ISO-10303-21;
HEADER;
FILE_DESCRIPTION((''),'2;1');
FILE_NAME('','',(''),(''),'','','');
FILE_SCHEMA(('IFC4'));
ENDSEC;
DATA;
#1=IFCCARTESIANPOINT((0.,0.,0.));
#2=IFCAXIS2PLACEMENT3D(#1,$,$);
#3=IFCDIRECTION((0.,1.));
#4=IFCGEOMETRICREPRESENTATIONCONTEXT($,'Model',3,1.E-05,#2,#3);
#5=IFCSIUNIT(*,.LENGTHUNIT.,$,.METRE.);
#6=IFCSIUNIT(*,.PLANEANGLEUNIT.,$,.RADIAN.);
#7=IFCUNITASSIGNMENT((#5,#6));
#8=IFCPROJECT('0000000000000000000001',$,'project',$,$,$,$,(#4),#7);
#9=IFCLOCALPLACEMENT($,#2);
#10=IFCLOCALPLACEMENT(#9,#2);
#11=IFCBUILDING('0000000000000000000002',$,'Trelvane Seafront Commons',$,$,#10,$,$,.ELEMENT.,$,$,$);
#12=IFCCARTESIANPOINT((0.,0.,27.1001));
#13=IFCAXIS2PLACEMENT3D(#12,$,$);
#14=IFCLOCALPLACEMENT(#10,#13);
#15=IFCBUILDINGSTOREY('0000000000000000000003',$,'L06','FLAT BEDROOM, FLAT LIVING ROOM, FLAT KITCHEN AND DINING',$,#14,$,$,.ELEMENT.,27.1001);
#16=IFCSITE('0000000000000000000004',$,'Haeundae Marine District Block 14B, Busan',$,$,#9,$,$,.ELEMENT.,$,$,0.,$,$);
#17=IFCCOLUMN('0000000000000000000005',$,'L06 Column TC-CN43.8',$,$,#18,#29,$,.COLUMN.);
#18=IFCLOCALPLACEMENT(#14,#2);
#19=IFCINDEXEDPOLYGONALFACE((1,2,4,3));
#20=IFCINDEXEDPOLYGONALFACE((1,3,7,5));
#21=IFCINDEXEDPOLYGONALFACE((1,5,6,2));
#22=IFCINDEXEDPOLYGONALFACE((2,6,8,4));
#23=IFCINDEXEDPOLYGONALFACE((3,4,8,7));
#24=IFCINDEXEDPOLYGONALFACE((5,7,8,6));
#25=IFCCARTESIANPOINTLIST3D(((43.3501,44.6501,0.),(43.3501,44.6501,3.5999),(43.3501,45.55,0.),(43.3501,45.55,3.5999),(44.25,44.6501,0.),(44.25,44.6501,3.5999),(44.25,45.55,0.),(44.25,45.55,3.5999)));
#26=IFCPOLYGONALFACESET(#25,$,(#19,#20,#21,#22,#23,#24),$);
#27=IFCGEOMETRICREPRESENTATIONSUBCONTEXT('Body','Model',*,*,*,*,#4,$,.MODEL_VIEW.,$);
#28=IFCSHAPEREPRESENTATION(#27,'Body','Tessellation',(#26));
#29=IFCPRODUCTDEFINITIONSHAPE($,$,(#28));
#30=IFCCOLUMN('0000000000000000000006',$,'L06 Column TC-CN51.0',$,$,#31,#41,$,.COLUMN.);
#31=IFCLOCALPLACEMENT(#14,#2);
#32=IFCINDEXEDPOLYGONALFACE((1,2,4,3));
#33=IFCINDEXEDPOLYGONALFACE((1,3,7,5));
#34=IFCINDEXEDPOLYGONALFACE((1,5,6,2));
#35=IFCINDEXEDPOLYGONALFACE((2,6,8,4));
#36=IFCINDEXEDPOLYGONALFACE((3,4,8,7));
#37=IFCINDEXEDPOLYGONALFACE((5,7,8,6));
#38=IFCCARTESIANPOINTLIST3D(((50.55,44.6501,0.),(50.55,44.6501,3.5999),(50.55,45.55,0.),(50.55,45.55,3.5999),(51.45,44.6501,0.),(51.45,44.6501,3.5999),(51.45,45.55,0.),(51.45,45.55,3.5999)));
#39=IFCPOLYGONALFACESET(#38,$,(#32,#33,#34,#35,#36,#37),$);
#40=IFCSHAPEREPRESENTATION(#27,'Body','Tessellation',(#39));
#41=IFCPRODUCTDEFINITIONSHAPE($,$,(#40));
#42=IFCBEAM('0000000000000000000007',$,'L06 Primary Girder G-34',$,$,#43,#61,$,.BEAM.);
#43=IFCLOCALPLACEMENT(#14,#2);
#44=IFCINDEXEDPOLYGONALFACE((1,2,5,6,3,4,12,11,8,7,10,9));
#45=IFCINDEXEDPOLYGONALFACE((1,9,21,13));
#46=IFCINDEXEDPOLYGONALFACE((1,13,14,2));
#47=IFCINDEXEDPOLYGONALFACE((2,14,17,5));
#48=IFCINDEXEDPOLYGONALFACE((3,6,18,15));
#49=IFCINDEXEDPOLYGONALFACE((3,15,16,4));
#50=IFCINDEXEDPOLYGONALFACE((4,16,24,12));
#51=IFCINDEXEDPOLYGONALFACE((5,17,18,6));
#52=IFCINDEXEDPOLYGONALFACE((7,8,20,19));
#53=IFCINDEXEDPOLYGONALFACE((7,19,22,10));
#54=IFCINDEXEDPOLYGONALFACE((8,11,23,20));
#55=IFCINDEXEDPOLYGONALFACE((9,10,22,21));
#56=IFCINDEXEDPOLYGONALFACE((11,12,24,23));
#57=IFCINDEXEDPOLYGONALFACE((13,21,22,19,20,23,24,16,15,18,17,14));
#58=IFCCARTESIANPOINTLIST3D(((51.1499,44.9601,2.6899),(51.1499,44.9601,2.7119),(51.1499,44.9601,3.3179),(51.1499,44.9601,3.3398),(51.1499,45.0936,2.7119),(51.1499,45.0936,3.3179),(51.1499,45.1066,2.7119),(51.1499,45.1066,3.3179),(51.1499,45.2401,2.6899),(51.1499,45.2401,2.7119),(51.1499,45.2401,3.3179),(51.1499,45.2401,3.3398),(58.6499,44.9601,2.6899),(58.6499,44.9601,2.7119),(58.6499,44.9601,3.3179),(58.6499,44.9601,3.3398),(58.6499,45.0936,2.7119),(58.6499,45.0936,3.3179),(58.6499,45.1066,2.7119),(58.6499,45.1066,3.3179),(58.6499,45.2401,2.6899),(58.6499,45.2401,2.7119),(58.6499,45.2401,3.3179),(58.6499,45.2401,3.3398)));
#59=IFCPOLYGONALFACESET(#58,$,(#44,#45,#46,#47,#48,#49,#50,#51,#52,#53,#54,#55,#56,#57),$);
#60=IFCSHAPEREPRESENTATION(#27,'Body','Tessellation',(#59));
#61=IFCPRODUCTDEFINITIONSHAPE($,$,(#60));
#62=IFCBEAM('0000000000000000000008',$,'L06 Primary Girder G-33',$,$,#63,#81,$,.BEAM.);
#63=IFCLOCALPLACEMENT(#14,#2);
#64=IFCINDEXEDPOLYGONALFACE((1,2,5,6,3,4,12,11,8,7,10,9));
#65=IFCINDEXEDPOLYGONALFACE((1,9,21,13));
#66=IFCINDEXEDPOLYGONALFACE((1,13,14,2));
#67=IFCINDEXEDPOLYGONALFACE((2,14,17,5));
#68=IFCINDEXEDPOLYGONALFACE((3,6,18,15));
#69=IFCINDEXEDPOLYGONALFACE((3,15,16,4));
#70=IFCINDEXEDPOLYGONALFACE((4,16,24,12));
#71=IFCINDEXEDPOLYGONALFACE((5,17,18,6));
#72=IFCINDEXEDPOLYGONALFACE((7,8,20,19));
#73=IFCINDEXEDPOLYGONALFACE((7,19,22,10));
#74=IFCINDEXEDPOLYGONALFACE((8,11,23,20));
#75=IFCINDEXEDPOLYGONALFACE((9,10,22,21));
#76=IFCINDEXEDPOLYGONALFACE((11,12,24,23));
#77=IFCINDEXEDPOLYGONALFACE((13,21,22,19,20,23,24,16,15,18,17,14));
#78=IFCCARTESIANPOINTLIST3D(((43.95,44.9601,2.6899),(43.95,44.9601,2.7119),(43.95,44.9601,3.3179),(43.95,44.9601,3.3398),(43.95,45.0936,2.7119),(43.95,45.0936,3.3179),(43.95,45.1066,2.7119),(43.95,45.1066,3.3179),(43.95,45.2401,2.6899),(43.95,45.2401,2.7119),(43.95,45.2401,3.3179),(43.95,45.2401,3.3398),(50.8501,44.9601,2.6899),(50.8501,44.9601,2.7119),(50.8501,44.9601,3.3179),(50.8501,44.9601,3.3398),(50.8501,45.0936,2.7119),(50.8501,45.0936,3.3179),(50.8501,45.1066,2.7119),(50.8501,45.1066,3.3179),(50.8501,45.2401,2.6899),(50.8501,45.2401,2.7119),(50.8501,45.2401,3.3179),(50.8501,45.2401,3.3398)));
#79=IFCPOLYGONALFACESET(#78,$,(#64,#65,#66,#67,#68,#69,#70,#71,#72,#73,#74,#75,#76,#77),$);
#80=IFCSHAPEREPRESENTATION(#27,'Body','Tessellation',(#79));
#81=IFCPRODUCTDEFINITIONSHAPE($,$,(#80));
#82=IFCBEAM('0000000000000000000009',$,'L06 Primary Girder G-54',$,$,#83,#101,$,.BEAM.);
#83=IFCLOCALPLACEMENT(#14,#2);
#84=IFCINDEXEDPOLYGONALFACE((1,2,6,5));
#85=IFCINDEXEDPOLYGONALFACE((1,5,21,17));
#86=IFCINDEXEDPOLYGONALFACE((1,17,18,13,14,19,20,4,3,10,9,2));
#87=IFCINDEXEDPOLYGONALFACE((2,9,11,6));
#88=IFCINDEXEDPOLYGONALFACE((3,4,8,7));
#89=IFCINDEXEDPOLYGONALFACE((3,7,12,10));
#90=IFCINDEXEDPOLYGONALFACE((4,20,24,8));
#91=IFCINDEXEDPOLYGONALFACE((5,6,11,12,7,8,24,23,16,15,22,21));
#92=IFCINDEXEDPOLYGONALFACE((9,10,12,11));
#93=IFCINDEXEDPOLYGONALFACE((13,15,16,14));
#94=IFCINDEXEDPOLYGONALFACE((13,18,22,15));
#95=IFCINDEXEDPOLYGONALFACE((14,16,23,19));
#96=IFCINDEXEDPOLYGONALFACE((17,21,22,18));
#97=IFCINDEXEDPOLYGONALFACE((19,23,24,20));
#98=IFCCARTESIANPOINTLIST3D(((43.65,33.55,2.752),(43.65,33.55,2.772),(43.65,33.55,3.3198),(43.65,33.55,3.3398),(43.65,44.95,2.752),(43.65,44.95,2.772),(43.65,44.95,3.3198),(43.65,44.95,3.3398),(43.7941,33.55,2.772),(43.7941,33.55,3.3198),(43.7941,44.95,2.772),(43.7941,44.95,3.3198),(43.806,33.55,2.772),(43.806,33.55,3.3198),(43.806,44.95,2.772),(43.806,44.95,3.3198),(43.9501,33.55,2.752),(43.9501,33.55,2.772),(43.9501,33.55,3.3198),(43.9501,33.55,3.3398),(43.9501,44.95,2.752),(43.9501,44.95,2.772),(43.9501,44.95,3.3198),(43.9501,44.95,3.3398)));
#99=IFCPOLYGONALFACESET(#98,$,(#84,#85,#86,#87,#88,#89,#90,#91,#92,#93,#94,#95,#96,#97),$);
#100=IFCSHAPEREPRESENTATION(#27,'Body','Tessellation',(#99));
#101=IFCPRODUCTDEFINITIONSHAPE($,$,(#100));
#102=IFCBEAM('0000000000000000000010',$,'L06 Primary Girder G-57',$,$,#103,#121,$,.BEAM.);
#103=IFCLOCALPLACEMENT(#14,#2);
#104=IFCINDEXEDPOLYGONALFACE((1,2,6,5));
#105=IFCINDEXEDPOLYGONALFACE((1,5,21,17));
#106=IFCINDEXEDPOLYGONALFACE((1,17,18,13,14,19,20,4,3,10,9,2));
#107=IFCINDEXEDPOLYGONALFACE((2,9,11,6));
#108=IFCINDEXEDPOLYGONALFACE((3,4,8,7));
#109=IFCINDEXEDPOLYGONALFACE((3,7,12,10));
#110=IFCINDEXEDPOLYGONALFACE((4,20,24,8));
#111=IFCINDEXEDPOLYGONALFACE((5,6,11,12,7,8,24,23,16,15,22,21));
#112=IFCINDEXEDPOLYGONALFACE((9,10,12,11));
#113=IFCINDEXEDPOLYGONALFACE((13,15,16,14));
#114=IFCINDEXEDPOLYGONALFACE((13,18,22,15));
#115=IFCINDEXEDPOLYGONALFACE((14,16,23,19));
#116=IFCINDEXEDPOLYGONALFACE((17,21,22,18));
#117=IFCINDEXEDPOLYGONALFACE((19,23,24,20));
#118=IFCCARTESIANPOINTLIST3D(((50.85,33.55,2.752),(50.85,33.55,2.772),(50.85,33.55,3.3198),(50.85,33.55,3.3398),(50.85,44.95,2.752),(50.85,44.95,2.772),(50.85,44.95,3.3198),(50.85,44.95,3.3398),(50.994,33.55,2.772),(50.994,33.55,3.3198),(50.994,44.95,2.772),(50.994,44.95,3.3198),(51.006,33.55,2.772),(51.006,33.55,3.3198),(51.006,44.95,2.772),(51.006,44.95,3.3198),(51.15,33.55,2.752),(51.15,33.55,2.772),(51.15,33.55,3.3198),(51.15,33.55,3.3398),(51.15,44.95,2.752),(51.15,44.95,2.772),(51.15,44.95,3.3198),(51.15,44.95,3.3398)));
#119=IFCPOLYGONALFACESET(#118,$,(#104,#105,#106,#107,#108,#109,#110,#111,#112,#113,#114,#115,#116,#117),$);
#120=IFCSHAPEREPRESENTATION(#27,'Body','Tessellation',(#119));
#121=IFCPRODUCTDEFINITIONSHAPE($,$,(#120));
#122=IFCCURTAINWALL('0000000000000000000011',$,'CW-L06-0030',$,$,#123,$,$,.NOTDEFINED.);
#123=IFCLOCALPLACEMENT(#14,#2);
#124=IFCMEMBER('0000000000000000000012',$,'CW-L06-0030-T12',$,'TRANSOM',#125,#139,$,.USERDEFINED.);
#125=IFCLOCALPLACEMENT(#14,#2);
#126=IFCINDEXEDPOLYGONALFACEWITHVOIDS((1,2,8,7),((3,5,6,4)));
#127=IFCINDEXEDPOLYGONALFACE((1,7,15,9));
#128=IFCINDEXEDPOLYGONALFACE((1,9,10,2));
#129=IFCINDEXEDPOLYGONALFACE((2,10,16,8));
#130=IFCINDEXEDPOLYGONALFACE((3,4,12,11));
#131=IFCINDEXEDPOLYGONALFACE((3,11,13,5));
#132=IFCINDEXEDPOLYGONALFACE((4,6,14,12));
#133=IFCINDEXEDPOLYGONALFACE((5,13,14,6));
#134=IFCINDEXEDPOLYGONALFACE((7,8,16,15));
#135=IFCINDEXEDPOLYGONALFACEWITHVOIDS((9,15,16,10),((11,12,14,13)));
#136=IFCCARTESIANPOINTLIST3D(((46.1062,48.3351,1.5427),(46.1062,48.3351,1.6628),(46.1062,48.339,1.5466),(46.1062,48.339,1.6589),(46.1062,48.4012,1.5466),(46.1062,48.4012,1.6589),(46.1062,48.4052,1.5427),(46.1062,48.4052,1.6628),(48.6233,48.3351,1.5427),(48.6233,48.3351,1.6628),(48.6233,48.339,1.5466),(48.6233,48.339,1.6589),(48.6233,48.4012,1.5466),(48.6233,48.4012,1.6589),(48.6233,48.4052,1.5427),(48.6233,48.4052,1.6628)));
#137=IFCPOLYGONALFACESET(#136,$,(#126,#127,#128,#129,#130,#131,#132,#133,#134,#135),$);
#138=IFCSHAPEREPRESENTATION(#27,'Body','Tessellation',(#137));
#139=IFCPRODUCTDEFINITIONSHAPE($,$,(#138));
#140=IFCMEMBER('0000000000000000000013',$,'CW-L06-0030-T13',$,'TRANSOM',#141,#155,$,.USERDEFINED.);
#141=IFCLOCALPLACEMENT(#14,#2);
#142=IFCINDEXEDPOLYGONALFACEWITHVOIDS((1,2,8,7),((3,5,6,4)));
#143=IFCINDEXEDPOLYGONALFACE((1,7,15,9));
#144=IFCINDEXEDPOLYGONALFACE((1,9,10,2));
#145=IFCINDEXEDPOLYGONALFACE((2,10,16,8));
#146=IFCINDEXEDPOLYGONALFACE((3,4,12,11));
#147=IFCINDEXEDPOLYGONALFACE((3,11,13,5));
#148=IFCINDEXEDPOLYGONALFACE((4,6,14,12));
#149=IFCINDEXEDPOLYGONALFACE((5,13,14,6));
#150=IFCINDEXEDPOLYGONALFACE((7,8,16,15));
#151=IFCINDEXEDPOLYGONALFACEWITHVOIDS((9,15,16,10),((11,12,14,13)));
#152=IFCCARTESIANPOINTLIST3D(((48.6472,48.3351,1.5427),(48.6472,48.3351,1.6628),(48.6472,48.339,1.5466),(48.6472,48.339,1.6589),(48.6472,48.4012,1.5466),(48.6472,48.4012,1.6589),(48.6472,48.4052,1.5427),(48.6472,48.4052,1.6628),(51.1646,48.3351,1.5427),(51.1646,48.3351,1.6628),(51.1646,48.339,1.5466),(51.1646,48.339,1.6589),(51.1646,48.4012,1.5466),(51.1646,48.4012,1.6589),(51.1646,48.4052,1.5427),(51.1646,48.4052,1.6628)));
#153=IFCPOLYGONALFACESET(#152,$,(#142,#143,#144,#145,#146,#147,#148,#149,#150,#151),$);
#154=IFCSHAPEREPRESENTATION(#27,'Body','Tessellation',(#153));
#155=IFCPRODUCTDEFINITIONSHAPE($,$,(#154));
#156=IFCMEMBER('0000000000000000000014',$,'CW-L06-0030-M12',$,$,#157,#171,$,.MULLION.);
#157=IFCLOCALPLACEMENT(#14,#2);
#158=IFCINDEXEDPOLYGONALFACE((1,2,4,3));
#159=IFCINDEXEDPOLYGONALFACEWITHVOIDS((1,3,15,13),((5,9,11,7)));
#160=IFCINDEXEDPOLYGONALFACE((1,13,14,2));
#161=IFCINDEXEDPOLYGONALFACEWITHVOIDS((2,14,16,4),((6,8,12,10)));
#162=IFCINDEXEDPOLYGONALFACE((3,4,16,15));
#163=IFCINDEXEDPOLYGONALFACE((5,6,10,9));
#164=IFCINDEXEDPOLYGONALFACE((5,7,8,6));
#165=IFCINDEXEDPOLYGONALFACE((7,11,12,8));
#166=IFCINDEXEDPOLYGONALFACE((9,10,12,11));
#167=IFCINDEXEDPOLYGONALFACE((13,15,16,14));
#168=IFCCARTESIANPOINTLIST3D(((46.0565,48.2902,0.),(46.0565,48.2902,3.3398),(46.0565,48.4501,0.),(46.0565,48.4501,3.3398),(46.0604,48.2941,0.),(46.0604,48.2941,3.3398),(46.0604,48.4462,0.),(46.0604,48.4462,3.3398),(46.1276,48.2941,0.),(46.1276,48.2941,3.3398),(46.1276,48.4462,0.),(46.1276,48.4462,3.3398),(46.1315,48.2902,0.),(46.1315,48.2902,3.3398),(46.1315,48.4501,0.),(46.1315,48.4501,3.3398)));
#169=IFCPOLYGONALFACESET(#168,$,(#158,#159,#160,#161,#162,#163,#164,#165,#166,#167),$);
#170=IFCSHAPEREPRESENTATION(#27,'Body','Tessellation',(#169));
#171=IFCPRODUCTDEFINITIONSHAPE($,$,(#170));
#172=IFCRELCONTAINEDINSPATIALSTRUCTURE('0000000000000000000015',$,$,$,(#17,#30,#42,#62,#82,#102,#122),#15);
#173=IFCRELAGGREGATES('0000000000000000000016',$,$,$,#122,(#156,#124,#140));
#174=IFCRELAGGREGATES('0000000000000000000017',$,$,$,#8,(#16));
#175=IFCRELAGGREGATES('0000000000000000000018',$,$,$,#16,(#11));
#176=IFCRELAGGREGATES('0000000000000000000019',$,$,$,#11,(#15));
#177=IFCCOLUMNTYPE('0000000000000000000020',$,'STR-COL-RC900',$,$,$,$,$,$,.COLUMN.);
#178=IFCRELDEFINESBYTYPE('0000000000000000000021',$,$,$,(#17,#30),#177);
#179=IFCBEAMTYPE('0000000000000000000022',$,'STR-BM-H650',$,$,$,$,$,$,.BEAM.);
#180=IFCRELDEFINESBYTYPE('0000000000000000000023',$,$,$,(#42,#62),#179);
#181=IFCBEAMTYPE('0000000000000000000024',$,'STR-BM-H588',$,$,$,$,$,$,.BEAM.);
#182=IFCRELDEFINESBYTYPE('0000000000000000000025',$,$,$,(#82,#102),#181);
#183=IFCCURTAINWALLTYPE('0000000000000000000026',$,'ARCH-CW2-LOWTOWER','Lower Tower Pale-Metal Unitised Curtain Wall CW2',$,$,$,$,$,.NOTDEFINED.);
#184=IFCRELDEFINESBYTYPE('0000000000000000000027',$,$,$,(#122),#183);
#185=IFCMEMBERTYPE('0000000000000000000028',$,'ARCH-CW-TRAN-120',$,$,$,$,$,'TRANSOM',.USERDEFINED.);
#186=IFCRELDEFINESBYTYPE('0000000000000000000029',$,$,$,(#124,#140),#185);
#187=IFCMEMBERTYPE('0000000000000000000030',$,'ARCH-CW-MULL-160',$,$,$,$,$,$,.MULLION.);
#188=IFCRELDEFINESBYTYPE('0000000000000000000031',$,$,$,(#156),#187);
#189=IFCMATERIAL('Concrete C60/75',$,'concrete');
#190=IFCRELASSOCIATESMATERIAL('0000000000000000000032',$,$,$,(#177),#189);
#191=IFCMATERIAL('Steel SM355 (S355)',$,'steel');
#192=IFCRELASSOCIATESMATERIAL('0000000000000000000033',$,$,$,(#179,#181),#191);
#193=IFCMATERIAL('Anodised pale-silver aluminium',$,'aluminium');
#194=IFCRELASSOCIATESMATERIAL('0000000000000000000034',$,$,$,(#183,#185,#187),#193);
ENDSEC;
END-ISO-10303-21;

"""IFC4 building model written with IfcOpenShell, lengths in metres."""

from ifc_helpers import new_model, si_unit, direction, frame, origin, origin_2d, place, context, subcontext, project, spatial, rectangle, hollow_rectangle, i_section, extrude, source, transform, mapped, material, material_profile, profile_set, type_object, element, aggregate, save


model = new_model("IFC4")

# Units and contexts
model_context = context("Model", 3, precision=1e-05, world=origin(), true_north=direction((0.0, 1.0)))
body_context = subcontext(model_context, "Body", "Model", "MODEL_VIEW")
ifc_project = project(units=[si_unit("LENGTHUNIT", "METRE"), si_unit("PLANEANGLEUNIT", "RADIAN")], contexts=[model_context])

# Site, building, storey
site_placement = place(None, origin())
site = spatial("IfcSite", under=ifc_project, at=site_placement, Name="Haeundae Marine District Block 14B, Busan", CompositionType="ELEMENT", RefElevation=0.0)
building_placement = place(site_placement, origin())
building = spatial("IfcBuilding", under=site, at=building_placement, Name="Trelvane Seafront Commons", CompositionType="ELEMENT")
storey_placement = place(building_placement, frame((0.0, 0.0, 27.1001)))
storey = spatial("IfcBuildingStorey", under=building, at=storey_placement, Name="L06", Description="FLAT BEDROOM, FLAT LIVING ROOM, FLAT KITCHEN AND DINING", CompositionType="ELEMENT", Elevation=27.1001)

# Columns
ifc_material_1 = material(Name="Concrete C60/75", Category="concrete")
ifc_material_profile_1 = material_profile(ifc_material_1, rectangle(XDim=0.8999, YDim=0.8999, at=origin_2d()), Name="RC-900x900")
ifc_profile_set_1 = profile_set([ifc_material_profile_1], Name="Concrete C60/75")
column_type = type_object("IfcColumnType", Name="STR-COL-RC900", PredefinedType="COLUMN", material=ifc_profile_set_1)
shared_shape_1 = source(origin(), body_context, "Body", "SweptSolid", [
    extrude(rectangle(XDim=0.8999, YDim=0.8999, at=origin_2d()), origin(), (0.0, 0.0, 1.0), 3.5999),
])
for number, where, z_axis, x_axis, name in (
    (1, (43.8, 45.1001, 0.0), (0.0, 0.0, 1.0), (1.0, 0.0, 0.0), "L06 Column TC-CN43.8"),
    (2, (51.0, 45.1001, 0.0), (0.0, 0.0, 1.0), (1.0, 0.0, 0.0), "L06 Column TC-CN51.0"),
):
    element("IfcColumn", number, at=place(storey_placement, frame(where, z_axis=z_axis, x_axis=x_axis)), inside=storey, type_object=column_type, Name=name, PredefinedType="COLUMN", context=body_context, shape_type="MappedRepresentation", body=[
        mapped(shared_shape_1, transform((0.0, 0.0, 0.0), x_axis=(1.0, 0.0, 0.0), y_axis=(0.0, 1.0, 0.0), z_axis=(0.0, 0.0, 1.0), scale=1.0)),
    ])

# Beams
ifc_material_2 = material(Name="Steel SM355 (S355)", Category="steel")
ifc_material_profile_2 = material_profile(ifc_material_2, i_section(OverallWidth=0.28, OverallDepth=0.6499, WebThickness=0.0129, FlangeThickness=0.022, at=origin_2d()), Name="H-650x280x13x22")
ifc_profile_set_2 = profile_set([ifc_material_profile_2], Name="Steel SM355 (S355)")
beam_type_1 = type_object("IfcBeamType", Name="STR-BM-H650", PredefinedType="BEAM", material=ifc_profile_set_2)
shared_shape_2 = source(origin(), body_context, "Body", "SweptSolid", [
    extrude(i_section(OverallWidth=0.28, OverallDepth=0.6499, WebThickness=0.0129, FlangeThickness=0.022, at=origin_2d()), origin(), (0.0, 0.0, 1.0), 7.5),
])
beam_1_placement = place(storey_placement, frame((51.1499, 45.1001, 3.0149), z_axis=(1.0, 0.0, 0.0), x_axis=(0.0, 1.0, 0.0)))
element("IfcBeam", 3, at=beam_1_placement, inside=storey, type_object=beam_type_1, Name="L06 Primary Girder G-34", PredefinedType="BEAM", context=body_context, shape_type="MappedRepresentation", body=[
    mapped(shared_shape_2, transform((0.0, 0.0, 0.0), x_axis=(1.0, 0.0, 0.0), y_axis=(0.0, 1.0, 0.0), z_axis=(0.0, 0.0, 1.0), scale=1.0)),
])
shared_shape_3 = source(origin(), body_context, "Body", "SweptSolid", [
    extrude(i_section(OverallWidth=0.28, OverallDepth=0.6499, WebThickness=0.0129, FlangeThickness=0.022, at=origin_2d()), origin(), (0.0, 0.0, 1.0), 6.9001),
])
beam_2_placement = place(storey_placement, frame((43.95, 45.1001, 3.0149), z_axis=(1.0, 0.0, 0.0), x_axis=(0.0, 1.0, 0.0)))
element("IfcBeam", 4, at=beam_2_placement, inside=storey, type_object=beam_type_1, Name="L06 Primary Girder G-33", PredefinedType="BEAM", context=body_context, shape_type="MappedRepresentation", body=[
    mapped(shared_shape_3, transform((0.0, 0.0, 0.0), x_axis=(1.0, 0.0, 0.0), y_axis=(0.0, 1.0, 0.0), z_axis=(0.0, 0.0, 1.0), scale=1.0)),
])
ifc_material_profile_3 = material_profile(ifc_material_2, i_section(OverallWidth=0.3, OverallDepth=0.5879, WebThickness=0.012, FlangeThickness=0.02, at=origin_2d()), Name="H-588x300x12x20")
ifc_profile_set_3 = profile_set([ifc_material_profile_3], Name="Steel SM355 (S355)")
beam_type_2 = type_object("IfcBeamType", Name="STR-BM-H588", PredefinedType="BEAM", material=ifc_profile_set_3)
shared_shape_4 = source(origin(), body_context, "Body", "SweptSolid", [
    extrude(i_section(OverallWidth=0.3, OverallDepth=0.5879, WebThickness=0.012, FlangeThickness=0.02, at=origin_2d()), origin(), (0.0, 0.0, 1.0), 11.3999),
])
for number, where, z_axis, x_axis, name in (
    (5, (43.8, 33.55, 3.0459), (0.0, 1.0, 0.0), (-1.0, 0.0, 0.0), "L06 Primary Girder G-54"),
    (6, (51.0, 33.55, 3.0459), (0.0, 1.0, 0.0), (-1.0, 0.0, 0.0), "L06 Primary Girder G-57"),
):
    element("IfcBeam", number, at=place(storey_placement, frame(where, z_axis=z_axis, x_axis=x_axis)), inside=storey, type_object=beam_type_2, Name=name, PredefinedType="BEAM", context=body_context, shape_type="MappedRepresentation", body=[
        mapped(shared_shape_4, transform((0.0, 0.0, 0.0), x_axis=(1.0, 0.0, 0.0), y_axis=(0.0, 1.0, 0.0), z_axis=(0.0, 0.0, 1.0), scale=1.0)),
    ])

# Curtain wall, members
ifc_material_3 = material(Name="Anodised pale-silver aluminium", Category="aluminium")
curtain_wall_type = type_object("IfcCurtainWallType", Name="ARCH-CW2-LOWTOWER", Description="Lower Tower Pale-Metal Unitised Curtain Wall CW2", PredefinedType="NOTDEFINED", material=ifc_material_3)
curtain_wall_placement = place(storey_placement, origin())
curtain_wall = element("IfcCurtainWall", 7, at=curtain_wall_placement, inside=storey, type_object=curtain_wall_type, Name="CW-L06-0030", PredefinedType="NOTDEFINED")
ifc_material_profile_4 = material_profile(ifc_material_3, hollow_rectangle(XDim=0.0701, YDim=0.1201, WallThickness=0.0039, at=origin_2d()), Name="TRAN-70x120x4")
ifc_profile_set_4 = profile_set([ifc_material_profile_4], Name="Anodised pale-silver aluminium")
member_type_1 = type_object("IfcMemberType", Name="ARCH-CW-TRAN-120", ElementType="TRANSOM", PredefinedType="USERDEFINED", material=ifc_profile_set_4)
shared_shape_5 = source(origin(), body_context, "Body", "SweptSolid", [
    extrude(hollow_rectangle(XDim=0.0701, YDim=0.1201, WallThickness=0.0039, at=origin_2d()), origin(), (0.0, 0.0, 1.0), 2.5171),
])
member_1_placement = place(storey_placement, frame((46.1062, 48.3701, 1.6028), z_axis=(1.0, 0.0, 0.0), x_axis=(0.0, 1.0, 0.0)))
member_1 = element("IfcMember", 8, at=member_1_placement, type_object=member_type_1, Name="CW-L06-0030-T12", ObjectType="TRANSOM", PredefinedType="USERDEFINED", context=body_context, shape_type="MappedRepresentation", body=[
    mapped(shared_shape_5, transform((0.0, 0.0, 0.0), x_axis=(1.0, 0.0, 0.0), y_axis=(0.0, 1.0, 0.0), z_axis=(0.0, 0.0, 1.0), scale=1.0)),
])
shared_shape_6 = source(origin(), body_context, "Body", "SweptSolid", [
    extrude(hollow_rectangle(XDim=0.0701, YDim=0.1201, WallThickness=0.0039, at=origin_2d()), origin(), (0.0, 0.0, 1.0), 2.5173),
])
member_2_placement = place(storey_placement, frame((48.6472, 48.3701, 1.6028), z_axis=(1.0, 0.0, 0.0), x_axis=(0.0, 1.0, 0.0)))
member_2 = element("IfcMember", 9, at=member_2_placement, type_object=member_type_1, Name="CW-L06-0030-T13", ObjectType="TRANSOM", PredefinedType="USERDEFINED", context=body_context, shape_type="MappedRepresentation", body=[
    mapped(shared_shape_6, transform((0.0, 0.0, 0.0), x_axis=(1.0, 0.0, 0.0), y_axis=(0.0, 1.0, 0.0), z_axis=(0.0, 0.0, 1.0), scale=1.0)),
])
ifc_material_profile_5 = material_profile(ifc_material_3, hollow_rectangle(XDim=0.075, YDim=0.1599, WallThickness=0.0039, at=origin_2d()), Name="MULL-75x160x4")
ifc_profile_set_5 = profile_set([ifc_material_profile_5], Name="Anodised pale-silver aluminium")
member_type_2 = type_object("IfcMemberType", Name="ARCH-CW-MULL-160", PredefinedType="MULLION", material=ifc_profile_set_5)
shared_shape_7 = source(origin(), body_context, "Body", "SweptSolid", [
    extrude(hollow_rectangle(XDim=0.075, YDim=0.1599, WallThickness=0.0039, at=origin_2d()), origin(), (0.0, 0.0, 1.0), 3.3398),
])
member_3_placement = place(storey_placement, frame((46.094, 48.3701, 0.0), z_axis=(0.0, 0.0, 1.0), x_axis=(1.0, 0.0, 0.0)))
member_3 = element("IfcMember", 10, at=member_3_placement, type_object=member_type_2, Name="CW-L06-0030-M12", PredefinedType="MULLION", context=body_context, shape_type="MappedRepresentation", body=[
    mapped(shared_shape_7, transform((0.0, 0.0, 0.0), x_axis=(1.0, 0.0, 0.0), y_axis=(0.0, 1.0, 0.0), z_axis=(0.0, 0.0, 1.0), scale=1.0)),
])
aggregate(curtain_wall, [member_3, member_1, member_2])

save(model, "model.ifc")
